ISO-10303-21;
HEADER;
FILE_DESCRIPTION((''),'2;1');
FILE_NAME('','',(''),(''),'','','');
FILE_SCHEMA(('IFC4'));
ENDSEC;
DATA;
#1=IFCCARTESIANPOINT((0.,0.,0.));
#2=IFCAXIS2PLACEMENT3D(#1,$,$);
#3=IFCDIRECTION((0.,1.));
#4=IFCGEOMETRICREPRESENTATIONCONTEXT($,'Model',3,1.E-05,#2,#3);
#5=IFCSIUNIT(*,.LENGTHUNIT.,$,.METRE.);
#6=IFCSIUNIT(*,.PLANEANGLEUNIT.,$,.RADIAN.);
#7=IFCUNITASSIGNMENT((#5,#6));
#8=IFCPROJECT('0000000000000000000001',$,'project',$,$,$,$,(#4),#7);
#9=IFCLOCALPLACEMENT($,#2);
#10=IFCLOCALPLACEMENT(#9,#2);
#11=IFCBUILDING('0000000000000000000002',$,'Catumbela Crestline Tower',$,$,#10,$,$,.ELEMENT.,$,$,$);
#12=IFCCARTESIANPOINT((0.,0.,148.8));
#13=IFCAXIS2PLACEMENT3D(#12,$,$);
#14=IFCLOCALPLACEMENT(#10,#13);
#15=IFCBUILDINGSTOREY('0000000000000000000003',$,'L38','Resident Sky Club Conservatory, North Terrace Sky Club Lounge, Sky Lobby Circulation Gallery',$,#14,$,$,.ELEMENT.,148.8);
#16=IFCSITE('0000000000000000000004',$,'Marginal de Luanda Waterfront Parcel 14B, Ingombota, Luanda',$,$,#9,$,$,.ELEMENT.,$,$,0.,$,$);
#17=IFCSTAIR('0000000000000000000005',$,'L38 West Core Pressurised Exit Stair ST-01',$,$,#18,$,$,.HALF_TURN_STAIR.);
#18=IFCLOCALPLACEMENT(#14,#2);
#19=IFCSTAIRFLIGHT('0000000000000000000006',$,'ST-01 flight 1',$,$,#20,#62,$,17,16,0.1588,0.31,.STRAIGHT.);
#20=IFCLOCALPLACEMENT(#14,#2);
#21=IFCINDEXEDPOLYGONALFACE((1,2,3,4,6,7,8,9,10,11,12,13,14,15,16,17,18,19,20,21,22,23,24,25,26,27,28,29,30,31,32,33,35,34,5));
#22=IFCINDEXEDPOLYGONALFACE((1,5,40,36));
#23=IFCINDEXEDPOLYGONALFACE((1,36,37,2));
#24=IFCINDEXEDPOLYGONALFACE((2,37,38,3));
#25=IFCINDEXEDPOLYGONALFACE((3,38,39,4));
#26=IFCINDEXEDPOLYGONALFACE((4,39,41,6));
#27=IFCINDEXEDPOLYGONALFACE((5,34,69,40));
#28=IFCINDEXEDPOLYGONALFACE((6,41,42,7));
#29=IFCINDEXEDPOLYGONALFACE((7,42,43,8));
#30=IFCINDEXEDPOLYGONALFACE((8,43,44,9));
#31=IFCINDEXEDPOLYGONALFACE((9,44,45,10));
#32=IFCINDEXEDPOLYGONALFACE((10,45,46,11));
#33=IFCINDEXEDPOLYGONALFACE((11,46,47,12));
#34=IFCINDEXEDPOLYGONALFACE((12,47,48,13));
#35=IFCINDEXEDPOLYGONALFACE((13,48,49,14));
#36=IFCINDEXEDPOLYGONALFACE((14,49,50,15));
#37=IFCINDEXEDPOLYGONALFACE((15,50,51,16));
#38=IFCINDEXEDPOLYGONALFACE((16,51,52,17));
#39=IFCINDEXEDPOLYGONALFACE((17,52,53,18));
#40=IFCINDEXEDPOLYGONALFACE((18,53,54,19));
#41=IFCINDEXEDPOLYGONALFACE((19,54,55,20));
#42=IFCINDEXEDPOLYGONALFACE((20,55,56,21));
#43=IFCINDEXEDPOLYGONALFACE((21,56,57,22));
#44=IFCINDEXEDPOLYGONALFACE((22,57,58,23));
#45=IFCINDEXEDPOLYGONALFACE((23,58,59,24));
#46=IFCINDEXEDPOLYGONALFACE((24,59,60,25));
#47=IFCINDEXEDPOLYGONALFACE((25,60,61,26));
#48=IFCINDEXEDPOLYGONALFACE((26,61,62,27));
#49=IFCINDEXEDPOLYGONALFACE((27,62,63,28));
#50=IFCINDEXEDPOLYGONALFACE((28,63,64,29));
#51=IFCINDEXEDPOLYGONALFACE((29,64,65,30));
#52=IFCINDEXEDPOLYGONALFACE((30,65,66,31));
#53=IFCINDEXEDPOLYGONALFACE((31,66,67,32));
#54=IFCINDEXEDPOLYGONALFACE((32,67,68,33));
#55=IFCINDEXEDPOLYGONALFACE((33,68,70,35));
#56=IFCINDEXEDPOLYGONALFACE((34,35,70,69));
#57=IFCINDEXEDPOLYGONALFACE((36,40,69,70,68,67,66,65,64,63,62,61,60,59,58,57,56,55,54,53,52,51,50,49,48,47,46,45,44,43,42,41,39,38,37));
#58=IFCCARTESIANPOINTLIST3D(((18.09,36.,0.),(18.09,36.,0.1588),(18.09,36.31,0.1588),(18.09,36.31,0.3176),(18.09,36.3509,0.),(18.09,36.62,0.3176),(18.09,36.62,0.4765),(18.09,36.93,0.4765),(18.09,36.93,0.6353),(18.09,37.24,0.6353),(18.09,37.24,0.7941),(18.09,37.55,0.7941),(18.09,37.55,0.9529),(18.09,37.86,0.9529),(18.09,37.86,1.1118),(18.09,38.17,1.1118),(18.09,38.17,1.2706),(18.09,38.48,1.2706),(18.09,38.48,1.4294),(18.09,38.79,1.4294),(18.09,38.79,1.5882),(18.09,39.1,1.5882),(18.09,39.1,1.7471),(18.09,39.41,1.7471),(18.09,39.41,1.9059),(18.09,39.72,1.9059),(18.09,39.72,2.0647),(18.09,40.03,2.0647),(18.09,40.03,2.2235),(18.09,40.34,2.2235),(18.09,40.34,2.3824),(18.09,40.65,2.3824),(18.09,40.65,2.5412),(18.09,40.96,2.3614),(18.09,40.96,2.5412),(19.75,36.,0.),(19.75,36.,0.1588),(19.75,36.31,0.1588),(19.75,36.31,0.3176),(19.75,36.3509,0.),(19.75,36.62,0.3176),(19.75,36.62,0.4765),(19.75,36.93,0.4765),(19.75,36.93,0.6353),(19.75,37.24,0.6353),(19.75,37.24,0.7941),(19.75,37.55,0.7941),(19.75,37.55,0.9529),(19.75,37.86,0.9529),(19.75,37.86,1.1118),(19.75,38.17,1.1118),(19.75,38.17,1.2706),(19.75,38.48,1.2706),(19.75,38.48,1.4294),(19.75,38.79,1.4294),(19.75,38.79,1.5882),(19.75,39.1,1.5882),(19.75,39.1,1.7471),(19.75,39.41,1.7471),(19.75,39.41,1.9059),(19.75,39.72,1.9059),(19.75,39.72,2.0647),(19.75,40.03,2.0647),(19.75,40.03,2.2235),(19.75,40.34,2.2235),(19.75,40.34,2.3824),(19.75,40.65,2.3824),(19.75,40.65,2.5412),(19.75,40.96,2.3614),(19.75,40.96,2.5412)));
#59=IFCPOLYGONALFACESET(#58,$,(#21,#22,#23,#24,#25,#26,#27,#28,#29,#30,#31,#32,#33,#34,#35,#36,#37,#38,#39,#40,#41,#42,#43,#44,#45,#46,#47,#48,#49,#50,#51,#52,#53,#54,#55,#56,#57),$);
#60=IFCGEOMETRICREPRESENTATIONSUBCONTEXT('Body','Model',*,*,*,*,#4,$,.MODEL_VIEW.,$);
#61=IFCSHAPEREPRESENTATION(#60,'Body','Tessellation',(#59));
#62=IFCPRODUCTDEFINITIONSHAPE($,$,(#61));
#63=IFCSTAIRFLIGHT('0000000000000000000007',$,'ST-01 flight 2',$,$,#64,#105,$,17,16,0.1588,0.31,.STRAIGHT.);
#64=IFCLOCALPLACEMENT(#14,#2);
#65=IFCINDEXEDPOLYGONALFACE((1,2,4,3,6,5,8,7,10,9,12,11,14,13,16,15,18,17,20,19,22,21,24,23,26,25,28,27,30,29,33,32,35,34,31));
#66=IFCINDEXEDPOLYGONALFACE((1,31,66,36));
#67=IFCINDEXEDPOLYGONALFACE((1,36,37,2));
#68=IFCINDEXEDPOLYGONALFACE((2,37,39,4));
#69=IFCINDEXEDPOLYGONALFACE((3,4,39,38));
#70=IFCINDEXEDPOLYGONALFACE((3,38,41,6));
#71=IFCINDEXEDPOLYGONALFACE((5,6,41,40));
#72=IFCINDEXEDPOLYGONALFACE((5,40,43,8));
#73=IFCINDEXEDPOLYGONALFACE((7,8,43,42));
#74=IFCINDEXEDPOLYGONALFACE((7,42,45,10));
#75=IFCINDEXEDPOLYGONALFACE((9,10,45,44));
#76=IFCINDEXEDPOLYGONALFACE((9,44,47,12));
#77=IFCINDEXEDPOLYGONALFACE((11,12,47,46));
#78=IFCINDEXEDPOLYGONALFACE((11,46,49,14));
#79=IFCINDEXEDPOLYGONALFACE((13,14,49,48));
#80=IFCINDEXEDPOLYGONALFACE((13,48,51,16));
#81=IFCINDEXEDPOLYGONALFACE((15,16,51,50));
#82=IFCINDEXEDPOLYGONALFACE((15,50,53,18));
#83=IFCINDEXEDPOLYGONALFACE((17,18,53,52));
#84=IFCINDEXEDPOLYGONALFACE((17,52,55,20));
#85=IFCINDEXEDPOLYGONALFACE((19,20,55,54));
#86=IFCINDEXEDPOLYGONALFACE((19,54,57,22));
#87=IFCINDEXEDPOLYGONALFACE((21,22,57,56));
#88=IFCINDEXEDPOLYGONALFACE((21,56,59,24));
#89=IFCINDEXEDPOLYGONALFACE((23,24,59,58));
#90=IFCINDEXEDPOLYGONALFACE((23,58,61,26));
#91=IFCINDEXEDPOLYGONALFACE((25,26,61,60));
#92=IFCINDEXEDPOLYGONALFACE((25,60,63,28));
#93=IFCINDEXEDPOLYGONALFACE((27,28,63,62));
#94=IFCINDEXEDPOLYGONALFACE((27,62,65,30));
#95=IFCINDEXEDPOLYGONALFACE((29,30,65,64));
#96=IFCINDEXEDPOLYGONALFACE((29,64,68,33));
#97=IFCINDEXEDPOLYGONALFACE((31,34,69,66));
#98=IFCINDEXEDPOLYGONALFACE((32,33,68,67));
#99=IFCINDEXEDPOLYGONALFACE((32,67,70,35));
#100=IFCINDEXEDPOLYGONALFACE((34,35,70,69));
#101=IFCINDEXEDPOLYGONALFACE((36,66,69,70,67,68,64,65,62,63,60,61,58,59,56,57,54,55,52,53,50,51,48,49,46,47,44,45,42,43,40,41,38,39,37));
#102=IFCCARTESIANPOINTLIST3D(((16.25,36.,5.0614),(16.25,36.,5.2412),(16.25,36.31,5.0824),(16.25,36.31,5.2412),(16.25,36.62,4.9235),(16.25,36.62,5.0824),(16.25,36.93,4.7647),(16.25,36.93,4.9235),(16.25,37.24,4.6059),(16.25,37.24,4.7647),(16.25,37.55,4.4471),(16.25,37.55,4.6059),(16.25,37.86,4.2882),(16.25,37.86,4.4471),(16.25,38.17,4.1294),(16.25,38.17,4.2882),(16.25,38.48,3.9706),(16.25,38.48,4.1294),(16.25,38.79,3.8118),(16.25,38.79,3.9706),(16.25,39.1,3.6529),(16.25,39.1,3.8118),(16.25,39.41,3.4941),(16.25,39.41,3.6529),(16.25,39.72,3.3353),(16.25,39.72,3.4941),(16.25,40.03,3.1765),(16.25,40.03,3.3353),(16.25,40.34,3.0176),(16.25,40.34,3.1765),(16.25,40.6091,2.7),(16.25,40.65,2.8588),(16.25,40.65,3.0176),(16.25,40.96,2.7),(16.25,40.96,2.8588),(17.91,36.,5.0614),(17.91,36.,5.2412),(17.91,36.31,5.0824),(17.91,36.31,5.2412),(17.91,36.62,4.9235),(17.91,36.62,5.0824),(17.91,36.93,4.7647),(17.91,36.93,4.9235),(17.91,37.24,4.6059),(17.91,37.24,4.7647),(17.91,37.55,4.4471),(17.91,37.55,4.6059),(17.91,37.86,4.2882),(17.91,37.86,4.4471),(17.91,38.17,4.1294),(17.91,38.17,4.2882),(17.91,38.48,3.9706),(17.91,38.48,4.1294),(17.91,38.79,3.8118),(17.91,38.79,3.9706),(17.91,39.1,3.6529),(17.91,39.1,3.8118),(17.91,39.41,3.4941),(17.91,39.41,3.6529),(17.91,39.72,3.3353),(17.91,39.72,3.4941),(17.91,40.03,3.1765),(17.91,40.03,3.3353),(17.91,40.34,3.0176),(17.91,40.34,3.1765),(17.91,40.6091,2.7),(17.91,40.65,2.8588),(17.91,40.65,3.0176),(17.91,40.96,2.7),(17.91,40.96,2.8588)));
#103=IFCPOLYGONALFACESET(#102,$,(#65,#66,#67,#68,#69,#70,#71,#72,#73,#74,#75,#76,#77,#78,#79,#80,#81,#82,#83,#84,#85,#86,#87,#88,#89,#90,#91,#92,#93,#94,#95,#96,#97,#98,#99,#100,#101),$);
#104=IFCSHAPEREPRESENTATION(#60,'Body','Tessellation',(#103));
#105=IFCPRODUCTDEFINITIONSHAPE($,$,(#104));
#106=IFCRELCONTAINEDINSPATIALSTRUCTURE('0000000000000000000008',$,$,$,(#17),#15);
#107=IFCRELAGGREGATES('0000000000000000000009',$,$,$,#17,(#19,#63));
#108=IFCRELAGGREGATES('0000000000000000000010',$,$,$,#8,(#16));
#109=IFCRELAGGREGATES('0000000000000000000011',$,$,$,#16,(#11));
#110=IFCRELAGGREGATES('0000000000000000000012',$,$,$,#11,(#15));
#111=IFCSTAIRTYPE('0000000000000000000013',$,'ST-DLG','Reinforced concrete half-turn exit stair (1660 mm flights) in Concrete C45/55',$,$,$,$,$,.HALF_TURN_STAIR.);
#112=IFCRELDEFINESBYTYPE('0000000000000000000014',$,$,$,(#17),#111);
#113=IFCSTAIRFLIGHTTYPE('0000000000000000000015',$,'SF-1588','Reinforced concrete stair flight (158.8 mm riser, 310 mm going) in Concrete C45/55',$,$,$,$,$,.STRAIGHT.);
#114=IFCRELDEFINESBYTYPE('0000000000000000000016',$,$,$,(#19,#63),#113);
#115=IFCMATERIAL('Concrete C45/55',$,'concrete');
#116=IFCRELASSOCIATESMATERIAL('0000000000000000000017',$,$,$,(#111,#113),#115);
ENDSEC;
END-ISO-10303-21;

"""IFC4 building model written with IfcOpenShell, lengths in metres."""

from ifc_helpers import new_model, si_unit, direction, frame, origin, place, context, subcontext, project, spatial, polyline, outline, extrude, material, type_object, element, aggregate, save


model = new_model("IFC4")

# Units and contexts
model_context = context("Model", 3, precision=1e-05, world=origin(), true_north=direction((0.0, 1.0)))
body_context = subcontext(model_context, "Body", "Model", "MODEL_VIEW")
ifc_project = project(units=[si_unit("LENGTHUNIT", "METRE"), si_unit("PLANEANGLEUNIT", "RADIAN")], contexts=[model_context])

# Site, building, storey
site_placement = place(None, origin())
site = spatial("IfcSite", under=ifc_project, at=site_placement, Name="Marginal de Luanda Waterfront Parcel 14B, Ingombota, Luanda", CompositionType="ELEMENT", RefElevation=0.0)
building_placement = place(site_placement, origin())
building = spatial("IfcBuilding", under=site, at=building_placement, Name="Catumbela Crestline Tower", CompositionType="ELEMENT")
storey_placement = place(building_placement, frame((0.0, 0.0, 148.8)))
storey = spatial("IfcBuildingStorey", under=building, at=storey_placement, Name="L38", Description="Resident Sky Club Conservatory, North Terrace Sky Club Lounge, Sky Lobby Circulation Gallery", CompositionType="ELEMENT", Elevation=148.8)

# Stair, stair flights
ifc_material_1 = material(Name="Concrete C45/55", Category="concrete")
stair_type = type_object("IfcStairType", Name="ST-DLG", Description="Reinforced concrete half-turn exit stair (1660 mm flights) in Concrete C45/55", PredefinedType="HALF_TURN_STAIR", material=ifc_material_1)
stair_placement = place(storey_placement, origin())
stair = element("IfcStair", 1, at=stair_placement, inside=storey, type_object=stair_type, Name="L38 West Core Pressurised Exit Stair ST-01", PredefinedType="HALF_TURN_STAIR")
stair_flight_type = type_object("IfcStairFlightType", Name="SF-1588", Description="Reinforced concrete stair flight (158.8 mm riser, 310 mm going) in Concrete C45/55", PredefinedType="STRAIGHT", material=ifc_material_1)
stair_flight_1_placement = place(storey_placement, frame((18.92, 36.0, 0.0), z_axis=(0.0, 0.0, 1.0), x_axis=(0.0, 1.0, 0.0)))
stair_flight_1 = element("IfcStairFlight", 2, at=stair_flight_1_placement, type_object=stair_flight_type, Name="ST-01 flight 1", NumberOfRisers=17, NumberOfTreads=16, PredefinedType="STRAIGHT", RiserHeight=0.1588, TreadLength=0.31, context=body_context, shape_type="SweptSolid", body=[
    extrude(outline(polyline([(0.0, 0.0), (0.0, 0.1588), (0.31, 0.1588), (0.31, 0.3176), (0.62, 0.3176), (0.62, 0.4765), (0.93, 0.4765), (0.93, 0.6353), (1.24, 0.6353), (1.24, 0.7941), (1.55, 0.7941), (1.55, 0.9529), (1.86, 0.9529), (1.86, 1.1118), (2.17, 1.1118), (2.17, 1.2706), (2.48, 1.2706), (2.48, 1.4294), (2.79, 1.4294), (2.79, 1.5882), (3.1, 1.5882), (3.1, 1.7471), (3.41, 1.7471), (3.41, 1.9059), (3.72, 1.9059), (3.72, 2.0647), (4.03, 2.0647), (4.03, 2.2235), (4.34, 2.2235), (4.34, 2.3824), (4.65, 2.3824), (4.65, 2.5412), (4.96, 2.5412), (4.96, 2.7), (4.96, 2.3614), (0.3509, 0.0), (0.0, 0.0)])), frame((0.0, 0.83, 0.0), z_axis=(0.0, -1.0, 0.0), x_axis=(1.0, 0.0, 0.0)), (0.0, 0.0, 1.0), 1.66),
])
stair_flight_2_placement = place(storey_placement, frame((17.08, 40.96, 2.7), z_axis=(0.0, 0.0, 1.0), x_axis=(0.0, -1.0, 0.0)))
stair_flight_2 = element("IfcStairFlight", 3, at=stair_flight_2_placement, type_object=stair_flight_type, Name="ST-01 flight 2", NumberOfRisers=17, NumberOfTreads=16, PredefinedType="STRAIGHT", RiserHeight=0.1588, TreadLength=0.31, context=body_context, shape_type="SweptSolid", body=[
    extrude(outline(polyline([(0.0, 0.0), (0.0, 0.1588), (0.31, 0.1588), (0.31, 0.3176), (0.62, 0.3176), (0.62, 0.4765), (0.93, 0.4765), (0.93, 0.6353), (1.24, 0.6353), (1.24, 0.7941), (1.55, 0.7941), (1.55, 0.9529), (1.86, 0.9529), (1.86, 1.1118), (2.17, 1.1118), (2.17, 1.2706), (2.48, 1.2706), (2.48, 1.4294), (2.79, 1.4294), (2.79, 1.5882), (3.1, 1.5882), (3.1, 1.7471), (3.41, 1.7471), (3.41, 1.9059), (3.72, 1.9059), (3.72, 2.0647), (4.03, 2.0647), (4.03, 2.2235), (4.34, 2.2235), (4.34, 2.3824), (4.65, 2.3824), (4.65, 2.5412), (4.96, 2.5412), (4.96, 2.7), (4.96, 2.3614), (0.3509, 0.0), (0.0, 0.0)])), frame((0.0, 0.83, 0.0), z_axis=(0.0, -1.0, 0.0), x_axis=(1.0, 0.0, 0.0)), (0.0, 0.0, 1.0), 1.66),
])
aggregate(stair, [stair_flight_1, stair_flight_2])

save(model, "model.ifc")
